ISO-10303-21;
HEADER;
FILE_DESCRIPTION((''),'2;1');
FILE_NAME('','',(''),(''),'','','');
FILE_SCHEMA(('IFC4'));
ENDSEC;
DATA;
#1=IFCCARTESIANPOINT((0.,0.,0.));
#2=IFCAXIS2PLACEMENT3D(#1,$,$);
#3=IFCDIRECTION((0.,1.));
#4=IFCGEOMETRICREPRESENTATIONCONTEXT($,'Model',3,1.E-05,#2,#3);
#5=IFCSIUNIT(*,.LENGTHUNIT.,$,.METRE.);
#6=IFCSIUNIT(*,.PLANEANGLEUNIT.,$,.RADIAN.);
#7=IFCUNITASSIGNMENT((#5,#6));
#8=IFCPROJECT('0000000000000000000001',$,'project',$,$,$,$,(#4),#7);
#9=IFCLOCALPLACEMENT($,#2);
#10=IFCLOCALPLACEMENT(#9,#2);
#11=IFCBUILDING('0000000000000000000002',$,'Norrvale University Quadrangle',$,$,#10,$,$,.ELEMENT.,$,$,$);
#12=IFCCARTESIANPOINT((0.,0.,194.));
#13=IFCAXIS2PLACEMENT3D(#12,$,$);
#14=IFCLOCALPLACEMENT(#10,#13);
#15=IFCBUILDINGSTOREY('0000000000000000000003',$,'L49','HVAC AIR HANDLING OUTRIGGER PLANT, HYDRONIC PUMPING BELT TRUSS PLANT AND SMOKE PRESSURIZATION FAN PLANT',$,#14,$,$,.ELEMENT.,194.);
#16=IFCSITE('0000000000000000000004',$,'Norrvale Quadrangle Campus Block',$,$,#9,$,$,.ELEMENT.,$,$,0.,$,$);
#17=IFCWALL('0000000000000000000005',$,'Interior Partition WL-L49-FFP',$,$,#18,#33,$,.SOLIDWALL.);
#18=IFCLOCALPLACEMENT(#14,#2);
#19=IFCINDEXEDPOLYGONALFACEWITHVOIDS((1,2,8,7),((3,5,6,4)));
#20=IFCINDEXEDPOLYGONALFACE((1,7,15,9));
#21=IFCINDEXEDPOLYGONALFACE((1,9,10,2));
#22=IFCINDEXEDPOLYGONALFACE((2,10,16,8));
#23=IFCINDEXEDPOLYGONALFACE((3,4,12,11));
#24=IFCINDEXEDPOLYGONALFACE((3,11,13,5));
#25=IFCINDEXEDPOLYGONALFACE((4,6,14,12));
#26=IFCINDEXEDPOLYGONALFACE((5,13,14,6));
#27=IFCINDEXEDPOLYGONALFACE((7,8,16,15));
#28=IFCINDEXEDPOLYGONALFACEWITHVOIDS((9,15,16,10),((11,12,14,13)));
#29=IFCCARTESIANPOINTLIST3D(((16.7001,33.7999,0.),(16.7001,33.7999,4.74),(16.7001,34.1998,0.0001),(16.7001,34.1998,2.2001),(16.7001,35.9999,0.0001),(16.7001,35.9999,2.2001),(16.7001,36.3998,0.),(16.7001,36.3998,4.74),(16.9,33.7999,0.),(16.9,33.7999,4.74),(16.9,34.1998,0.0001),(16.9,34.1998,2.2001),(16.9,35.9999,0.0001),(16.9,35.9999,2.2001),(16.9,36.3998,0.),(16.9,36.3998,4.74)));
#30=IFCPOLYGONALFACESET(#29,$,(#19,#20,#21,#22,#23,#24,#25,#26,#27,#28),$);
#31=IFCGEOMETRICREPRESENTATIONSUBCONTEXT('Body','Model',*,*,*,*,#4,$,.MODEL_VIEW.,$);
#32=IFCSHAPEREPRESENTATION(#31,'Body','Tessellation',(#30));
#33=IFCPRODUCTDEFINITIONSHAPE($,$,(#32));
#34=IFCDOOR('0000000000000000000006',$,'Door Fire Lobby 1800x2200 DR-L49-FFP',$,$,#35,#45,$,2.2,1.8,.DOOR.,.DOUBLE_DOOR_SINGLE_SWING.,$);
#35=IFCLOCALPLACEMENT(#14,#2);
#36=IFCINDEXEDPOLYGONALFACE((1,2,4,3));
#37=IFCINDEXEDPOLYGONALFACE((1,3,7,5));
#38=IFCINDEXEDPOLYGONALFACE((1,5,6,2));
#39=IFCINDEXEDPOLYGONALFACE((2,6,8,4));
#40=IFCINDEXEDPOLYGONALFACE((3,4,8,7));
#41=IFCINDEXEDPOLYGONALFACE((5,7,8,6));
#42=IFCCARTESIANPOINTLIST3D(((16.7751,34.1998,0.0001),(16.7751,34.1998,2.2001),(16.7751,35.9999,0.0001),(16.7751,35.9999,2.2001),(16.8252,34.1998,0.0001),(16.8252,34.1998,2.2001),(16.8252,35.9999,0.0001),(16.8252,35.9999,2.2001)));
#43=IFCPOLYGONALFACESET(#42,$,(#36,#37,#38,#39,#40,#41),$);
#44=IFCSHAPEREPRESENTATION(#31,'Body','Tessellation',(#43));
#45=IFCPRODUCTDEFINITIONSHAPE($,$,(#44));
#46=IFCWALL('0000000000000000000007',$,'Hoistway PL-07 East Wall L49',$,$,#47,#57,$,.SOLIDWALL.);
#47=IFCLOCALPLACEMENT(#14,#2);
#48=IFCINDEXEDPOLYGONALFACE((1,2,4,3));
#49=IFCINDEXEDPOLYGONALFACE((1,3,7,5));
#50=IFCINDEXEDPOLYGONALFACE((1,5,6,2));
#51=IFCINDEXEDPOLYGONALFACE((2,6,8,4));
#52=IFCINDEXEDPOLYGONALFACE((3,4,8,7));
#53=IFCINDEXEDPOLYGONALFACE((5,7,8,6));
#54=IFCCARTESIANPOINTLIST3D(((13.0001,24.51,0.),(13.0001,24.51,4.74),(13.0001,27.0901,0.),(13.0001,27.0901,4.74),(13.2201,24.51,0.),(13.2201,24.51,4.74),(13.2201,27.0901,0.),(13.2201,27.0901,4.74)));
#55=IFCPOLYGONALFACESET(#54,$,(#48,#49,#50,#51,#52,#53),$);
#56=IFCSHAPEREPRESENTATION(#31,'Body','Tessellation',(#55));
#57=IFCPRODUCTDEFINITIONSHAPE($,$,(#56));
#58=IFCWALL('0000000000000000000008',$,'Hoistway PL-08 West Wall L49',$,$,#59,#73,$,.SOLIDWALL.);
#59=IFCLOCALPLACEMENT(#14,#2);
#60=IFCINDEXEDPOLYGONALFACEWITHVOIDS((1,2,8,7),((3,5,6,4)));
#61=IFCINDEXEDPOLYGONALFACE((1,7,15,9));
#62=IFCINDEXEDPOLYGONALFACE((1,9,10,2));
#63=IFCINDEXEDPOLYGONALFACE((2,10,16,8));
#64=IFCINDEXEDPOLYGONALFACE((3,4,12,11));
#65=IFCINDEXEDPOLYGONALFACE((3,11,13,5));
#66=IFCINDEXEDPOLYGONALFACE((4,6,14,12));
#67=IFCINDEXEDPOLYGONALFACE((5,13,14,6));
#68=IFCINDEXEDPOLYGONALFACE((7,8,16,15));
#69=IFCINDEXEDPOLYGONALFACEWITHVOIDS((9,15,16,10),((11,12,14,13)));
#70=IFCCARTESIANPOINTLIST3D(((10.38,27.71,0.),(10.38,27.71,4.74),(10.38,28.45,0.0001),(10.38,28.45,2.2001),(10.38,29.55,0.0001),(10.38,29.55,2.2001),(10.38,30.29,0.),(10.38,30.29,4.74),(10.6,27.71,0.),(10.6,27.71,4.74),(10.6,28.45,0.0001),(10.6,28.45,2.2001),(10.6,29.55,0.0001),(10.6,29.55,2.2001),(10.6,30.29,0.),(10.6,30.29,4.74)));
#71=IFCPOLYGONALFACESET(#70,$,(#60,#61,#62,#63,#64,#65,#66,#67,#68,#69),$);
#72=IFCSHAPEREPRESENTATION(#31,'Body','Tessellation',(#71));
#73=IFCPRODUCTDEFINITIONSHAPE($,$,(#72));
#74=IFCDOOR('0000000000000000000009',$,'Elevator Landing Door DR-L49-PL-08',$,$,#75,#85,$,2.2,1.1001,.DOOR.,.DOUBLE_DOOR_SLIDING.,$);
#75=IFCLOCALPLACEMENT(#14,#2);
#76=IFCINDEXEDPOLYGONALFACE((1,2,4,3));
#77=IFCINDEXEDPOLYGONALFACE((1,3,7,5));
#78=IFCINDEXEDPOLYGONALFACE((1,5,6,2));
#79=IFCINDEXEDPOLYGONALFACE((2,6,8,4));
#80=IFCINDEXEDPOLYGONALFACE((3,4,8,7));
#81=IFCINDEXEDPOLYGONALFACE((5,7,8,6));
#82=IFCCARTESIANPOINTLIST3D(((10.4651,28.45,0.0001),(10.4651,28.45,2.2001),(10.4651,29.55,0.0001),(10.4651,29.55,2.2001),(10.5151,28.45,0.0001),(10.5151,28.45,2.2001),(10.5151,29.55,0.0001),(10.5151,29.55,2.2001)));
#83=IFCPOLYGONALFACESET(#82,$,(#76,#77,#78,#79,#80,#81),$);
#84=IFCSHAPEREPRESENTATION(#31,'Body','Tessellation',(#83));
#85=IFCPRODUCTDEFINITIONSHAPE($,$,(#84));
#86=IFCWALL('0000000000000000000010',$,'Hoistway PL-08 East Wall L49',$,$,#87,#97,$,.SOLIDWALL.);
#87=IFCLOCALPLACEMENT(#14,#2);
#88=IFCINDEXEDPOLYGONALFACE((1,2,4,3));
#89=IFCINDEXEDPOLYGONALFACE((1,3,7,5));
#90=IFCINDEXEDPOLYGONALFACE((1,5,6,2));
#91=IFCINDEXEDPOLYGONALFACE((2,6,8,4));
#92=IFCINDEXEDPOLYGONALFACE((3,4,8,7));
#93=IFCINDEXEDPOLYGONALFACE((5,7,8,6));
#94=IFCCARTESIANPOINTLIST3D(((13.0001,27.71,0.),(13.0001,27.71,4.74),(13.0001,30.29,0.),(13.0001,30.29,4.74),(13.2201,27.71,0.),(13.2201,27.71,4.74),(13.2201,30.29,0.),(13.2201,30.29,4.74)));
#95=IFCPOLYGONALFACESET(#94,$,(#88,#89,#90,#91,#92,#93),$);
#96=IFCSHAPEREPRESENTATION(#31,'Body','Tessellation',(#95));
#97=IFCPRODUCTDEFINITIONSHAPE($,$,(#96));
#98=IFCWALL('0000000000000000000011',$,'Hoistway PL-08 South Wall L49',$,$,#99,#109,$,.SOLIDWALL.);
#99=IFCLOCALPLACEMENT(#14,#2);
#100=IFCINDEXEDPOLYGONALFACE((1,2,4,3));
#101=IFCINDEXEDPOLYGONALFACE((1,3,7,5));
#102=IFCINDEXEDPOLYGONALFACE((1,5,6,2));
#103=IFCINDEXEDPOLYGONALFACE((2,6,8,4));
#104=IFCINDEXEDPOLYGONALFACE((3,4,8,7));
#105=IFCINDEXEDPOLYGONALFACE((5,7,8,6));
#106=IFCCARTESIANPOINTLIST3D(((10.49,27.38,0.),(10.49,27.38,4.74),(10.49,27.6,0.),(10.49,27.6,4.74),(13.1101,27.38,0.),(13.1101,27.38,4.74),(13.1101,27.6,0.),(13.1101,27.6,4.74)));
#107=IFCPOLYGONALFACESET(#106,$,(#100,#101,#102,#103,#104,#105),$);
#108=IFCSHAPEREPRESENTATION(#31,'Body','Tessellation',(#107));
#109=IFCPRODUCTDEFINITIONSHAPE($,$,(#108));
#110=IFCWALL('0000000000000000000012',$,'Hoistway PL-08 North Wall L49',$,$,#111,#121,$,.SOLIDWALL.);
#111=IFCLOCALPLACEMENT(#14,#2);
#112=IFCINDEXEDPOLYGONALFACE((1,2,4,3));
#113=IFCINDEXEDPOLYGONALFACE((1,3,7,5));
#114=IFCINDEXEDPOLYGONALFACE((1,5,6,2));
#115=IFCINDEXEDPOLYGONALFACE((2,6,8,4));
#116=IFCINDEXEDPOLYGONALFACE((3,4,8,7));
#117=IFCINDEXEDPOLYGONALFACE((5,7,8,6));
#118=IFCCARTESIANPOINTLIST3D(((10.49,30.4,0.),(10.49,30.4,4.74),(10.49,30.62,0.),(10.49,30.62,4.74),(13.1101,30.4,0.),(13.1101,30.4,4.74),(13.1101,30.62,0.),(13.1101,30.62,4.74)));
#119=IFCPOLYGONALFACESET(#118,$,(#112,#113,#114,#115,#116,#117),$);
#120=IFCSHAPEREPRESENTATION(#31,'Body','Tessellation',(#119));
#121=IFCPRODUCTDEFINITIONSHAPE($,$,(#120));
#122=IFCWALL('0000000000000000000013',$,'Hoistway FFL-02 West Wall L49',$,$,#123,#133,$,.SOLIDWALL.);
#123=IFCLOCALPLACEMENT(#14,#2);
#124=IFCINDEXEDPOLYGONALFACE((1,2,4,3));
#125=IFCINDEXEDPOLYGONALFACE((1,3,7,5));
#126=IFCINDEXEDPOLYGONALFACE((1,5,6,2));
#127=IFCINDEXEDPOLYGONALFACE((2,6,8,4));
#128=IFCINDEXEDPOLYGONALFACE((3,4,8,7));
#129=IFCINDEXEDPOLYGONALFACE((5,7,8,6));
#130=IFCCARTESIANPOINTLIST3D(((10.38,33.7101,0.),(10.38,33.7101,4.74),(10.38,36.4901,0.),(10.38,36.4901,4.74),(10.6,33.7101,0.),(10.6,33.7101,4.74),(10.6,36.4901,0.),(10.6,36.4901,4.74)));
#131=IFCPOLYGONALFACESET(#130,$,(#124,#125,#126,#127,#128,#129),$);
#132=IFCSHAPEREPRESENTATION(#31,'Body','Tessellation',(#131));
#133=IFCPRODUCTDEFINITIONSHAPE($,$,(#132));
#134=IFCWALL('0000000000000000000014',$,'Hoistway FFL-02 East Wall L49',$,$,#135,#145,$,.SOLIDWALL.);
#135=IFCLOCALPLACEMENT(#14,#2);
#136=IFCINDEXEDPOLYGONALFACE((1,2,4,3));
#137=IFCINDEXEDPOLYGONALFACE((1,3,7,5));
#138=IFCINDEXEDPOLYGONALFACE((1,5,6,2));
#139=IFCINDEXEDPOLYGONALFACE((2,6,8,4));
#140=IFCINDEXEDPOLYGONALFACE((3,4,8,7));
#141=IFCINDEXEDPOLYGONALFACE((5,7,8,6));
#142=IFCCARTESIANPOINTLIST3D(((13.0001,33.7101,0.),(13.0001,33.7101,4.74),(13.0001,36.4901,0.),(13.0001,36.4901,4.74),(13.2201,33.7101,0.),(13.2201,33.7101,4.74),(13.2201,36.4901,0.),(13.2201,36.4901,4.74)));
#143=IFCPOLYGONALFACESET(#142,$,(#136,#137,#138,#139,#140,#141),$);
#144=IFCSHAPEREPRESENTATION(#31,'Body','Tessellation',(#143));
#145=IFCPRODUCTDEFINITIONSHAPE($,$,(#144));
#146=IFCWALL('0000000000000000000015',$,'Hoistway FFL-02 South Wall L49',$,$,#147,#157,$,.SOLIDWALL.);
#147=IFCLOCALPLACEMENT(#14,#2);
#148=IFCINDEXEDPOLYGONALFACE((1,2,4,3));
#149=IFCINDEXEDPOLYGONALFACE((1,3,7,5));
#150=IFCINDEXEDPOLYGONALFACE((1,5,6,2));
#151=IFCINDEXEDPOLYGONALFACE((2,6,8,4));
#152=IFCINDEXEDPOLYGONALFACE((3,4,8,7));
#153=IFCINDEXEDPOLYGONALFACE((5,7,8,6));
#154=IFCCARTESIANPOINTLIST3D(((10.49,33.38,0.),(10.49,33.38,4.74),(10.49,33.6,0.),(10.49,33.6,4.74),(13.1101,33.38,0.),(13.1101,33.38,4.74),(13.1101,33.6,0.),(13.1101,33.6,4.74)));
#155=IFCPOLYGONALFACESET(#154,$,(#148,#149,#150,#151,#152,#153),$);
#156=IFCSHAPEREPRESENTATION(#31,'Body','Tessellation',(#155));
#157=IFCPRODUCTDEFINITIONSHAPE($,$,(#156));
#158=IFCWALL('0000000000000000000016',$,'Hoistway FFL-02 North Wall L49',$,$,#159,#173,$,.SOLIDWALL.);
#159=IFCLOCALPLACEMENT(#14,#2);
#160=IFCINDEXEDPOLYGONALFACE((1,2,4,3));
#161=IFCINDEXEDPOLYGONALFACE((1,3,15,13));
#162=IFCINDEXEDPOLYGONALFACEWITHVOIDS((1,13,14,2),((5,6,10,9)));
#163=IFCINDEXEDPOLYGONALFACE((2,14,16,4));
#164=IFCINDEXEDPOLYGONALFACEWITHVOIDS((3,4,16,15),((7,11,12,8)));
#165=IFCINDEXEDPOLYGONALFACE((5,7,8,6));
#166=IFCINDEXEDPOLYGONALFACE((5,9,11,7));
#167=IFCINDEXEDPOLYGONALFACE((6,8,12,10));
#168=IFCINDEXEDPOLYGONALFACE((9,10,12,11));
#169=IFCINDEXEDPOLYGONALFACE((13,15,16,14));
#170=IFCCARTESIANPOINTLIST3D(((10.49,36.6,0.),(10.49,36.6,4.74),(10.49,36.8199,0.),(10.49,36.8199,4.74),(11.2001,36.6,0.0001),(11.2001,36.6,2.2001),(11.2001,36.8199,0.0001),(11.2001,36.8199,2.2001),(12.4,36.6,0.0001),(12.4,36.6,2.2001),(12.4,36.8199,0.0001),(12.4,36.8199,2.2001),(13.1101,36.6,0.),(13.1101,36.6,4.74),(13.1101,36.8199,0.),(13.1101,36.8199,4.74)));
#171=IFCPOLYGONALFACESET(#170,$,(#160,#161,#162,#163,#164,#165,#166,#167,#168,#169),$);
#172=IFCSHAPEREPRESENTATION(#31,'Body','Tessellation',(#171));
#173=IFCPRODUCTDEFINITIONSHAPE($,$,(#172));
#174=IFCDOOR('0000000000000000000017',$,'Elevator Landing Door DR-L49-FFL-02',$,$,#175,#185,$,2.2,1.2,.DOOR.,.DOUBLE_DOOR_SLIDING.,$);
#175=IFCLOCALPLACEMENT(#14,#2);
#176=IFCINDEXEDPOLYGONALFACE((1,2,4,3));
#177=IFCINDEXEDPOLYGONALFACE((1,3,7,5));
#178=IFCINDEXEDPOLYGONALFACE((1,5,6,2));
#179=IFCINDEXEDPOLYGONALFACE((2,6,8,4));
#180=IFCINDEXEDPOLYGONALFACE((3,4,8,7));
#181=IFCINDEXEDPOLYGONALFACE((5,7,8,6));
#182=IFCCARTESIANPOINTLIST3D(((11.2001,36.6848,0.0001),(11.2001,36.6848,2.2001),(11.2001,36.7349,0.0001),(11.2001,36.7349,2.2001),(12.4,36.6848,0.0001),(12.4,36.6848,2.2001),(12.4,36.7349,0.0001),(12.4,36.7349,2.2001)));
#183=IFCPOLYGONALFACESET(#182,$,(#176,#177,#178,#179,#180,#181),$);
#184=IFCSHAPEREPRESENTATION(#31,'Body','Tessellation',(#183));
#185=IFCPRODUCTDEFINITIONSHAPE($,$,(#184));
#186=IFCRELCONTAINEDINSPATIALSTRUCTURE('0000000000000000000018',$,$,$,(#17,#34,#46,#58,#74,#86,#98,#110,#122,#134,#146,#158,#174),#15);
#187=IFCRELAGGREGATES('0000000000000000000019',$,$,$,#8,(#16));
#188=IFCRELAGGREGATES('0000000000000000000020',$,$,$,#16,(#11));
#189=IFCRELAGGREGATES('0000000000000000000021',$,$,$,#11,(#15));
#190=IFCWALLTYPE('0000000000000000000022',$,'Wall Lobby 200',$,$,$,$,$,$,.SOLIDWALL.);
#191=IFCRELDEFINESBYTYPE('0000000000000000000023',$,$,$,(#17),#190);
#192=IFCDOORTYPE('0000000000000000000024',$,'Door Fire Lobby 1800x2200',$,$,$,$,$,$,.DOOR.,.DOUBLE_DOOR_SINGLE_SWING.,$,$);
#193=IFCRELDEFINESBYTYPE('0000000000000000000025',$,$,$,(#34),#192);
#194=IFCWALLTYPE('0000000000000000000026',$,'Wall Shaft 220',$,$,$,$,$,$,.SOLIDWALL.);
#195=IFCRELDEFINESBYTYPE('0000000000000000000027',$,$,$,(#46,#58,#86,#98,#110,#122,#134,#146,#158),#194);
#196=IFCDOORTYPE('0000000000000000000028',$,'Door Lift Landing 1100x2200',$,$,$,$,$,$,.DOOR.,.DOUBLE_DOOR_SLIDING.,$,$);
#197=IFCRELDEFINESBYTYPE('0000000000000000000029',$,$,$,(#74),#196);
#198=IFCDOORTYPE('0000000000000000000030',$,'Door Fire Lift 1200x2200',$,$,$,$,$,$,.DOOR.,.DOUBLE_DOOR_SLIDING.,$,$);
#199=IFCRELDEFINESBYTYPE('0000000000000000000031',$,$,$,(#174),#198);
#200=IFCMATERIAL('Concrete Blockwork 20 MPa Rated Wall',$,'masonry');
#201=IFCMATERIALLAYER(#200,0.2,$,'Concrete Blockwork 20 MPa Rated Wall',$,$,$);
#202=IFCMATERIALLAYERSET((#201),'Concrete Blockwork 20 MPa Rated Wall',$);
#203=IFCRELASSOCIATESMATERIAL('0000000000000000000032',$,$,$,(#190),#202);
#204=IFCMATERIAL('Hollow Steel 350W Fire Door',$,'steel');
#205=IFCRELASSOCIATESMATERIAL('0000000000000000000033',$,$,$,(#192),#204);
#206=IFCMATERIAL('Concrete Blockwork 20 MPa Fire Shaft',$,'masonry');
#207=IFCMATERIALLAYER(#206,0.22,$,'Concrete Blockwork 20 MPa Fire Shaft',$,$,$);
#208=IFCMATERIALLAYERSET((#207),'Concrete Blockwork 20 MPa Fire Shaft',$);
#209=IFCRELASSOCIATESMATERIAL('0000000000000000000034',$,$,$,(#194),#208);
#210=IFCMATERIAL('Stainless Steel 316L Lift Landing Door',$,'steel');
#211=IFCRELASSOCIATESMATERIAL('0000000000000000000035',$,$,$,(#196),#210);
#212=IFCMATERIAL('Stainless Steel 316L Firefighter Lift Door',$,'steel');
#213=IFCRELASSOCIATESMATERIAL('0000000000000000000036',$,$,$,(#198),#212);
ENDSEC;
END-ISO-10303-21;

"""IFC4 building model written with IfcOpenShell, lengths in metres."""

from ifc_helpers import new_model, si_unit, direction, frame, frame_2d, origin, place, context, subcontext, project, spatial, rectangle, extrude, material, layer, layer_set, type_object, element, fill, save


model = new_model("IFC4")

# Units and contexts
model_context = context("Model", 3, precision=1e-05, world=origin(), true_north=direction((0.0, 1.0)))
body_context = subcontext(model_context, "Body", "Model", "MODEL_VIEW")
ifc_project = project(units=[si_unit("LENGTHUNIT", "METRE"), si_unit("PLANEANGLEUNIT", "RADIAN")], contexts=[model_context])

# Site, building, storey
site_placement = place(None, origin())
site = spatial("IfcSite", under=ifc_project, at=site_placement, Name="Norrvale Quadrangle Campus Block", CompositionType="ELEMENT", RefElevation=0.0)
building_placement = place(site_placement, origin())
building = spatial("IfcBuilding", under=site, at=building_placement, Name="Norrvale University Quadrangle", CompositionType="ELEMENT")
storey_placement = place(building_placement, frame((0.0, 0.0, 194.0)))
storey = spatial("IfcBuildingStorey", under=building, at=storey_placement, Name="L49", Description="HVAC AIR HANDLING OUTRIGGER PLANT, HYDRONIC PUMPING BELT TRUSS PLANT AND SMOKE PRESSURIZATION FAN PLANT", CompositionType="ELEMENT", Elevation=194.0)

# Shared definitions
ifc_material_1 = material(Name="Concrete Blockwork 20 MPa Rated Wall", Category="masonry")
ifc_layer_1 = layer(ifc_material_1, 0.2, Name="Concrete Blockwork 20 MPa Rated Wall")
ifc_layer_set_1 = layer_set([ifc_layer_1], Name="Concrete Blockwork 20 MPa Rated Wall")
wall_type_1 = type_object("IfcWallType", Name="Wall Lobby 200", PredefinedType="SOLIDWALL", material=ifc_layer_set_1)

# Wall, opening, door
wall_1_placement = place(storey_placement, frame((16.8, 33.8, 0.0), z_axis=(0.0, 0.0, 1.0), x_axis=(0.0, 1.0, 0.0)))
wall_1 = element("IfcWall", 1, at=wall_1_placement, inside=storey, type_object=wall_type_1, Name="Interior Partition WL-L49-FFP", PredefinedType="SOLIDWALL", context=body_context, shape_type="SweptSolid", body=[
    extrude(rectangle(XDim=2.5999, YDim=0.2, at=frame_2d((1.2998, 0.0))), origin(), (0.0, 0.0, 1.0), 4.74),
])
opening_1_placement = place(wall_1_placement, frame((0.3999, 0.0, 0.0)))
opening_1 = element("IfcOpeningElement", 2, at=opening_1_placement, cuts=wall_1, PredefinedType="OPENING", context=body_context, shape_type="SweptSolid", body=[
    extrude(rectangle(XDim=1.8, YDim=2.2, at=frame_2d((0.8999, 1.1001))), frame((0.0, 0.1121, 0.0), z_axis=(0.0, -1.0, 0.0), x_axis=(1.0, 0.0, 0.0)), (0.0, 0.0, 1.0), 0.2239),
])
ifc_material_2 = material(Name="Hollow Steel 350W Fire Door", Category="steel")
door_type_1 = type_object("IfcDoorType", Name="Door Fire Lobby 1800x2200", OperationType="DOUBLE_DOOR_SINGLE_SWING", PredefinedType="DOOR", material=ifc_material_2)
door_1_placement = place(opening_1_placement, origin())
door_1 = element("IfcDoor", 3, at=door_1_placement, inside=storey, type_object=door_type_1, Name="Door Fire Lobby 1800x2200 DR-L49-FFP", OperationType="DOUBLE_DOOR_SINGLE_SWING", OverallHeight=2.2, OverallWidth=1.8, PredefinedType="DOOR", context=body_context, shape_type="SweptSolid", body=[
    extrude(rectangle(XDim=1.8, YDim=2.2, at=frame_2d((0.8999, 1.1001))), frame((0.0, 0.0249, 0.0), z_axis=(0.0, -1.0, 0.0), x_axis=(1.0, 0.0, 0.0)), (0.0, 0.0, 1.0), 0.05),
])
fill(opening_1, door_1)

# Wall
ifc_material_3 = material(Name="Concrete Blockwork 20 MPa Fire Shaft", Category="masonry")
ifc_layer_2 = layer(ifc_material_3, 0.22, Name="Concrete Blockwork 20 MPa Fire Shaft")
ifc_layer_set_2 = layer_set([ifc_layer_2], Name="Concrete Blockwork 20 MPa Fire Shaft")
wall_type_2 = type_object("IfcWallType", Name="Wall Shaft 220", PredefinedType="SOLIDWALL", material=ifc_layer_set_2)
wall_2_placement = place(storey_placement, frame((13.1101, 24.51, 0.0), z_axis=(0.0, 0.0, 1.0), x_axis=(0.0, 1.0, 0.0)))
element("IfcWall", 4, at=wall_2_placement, inside=storey, type_object=wall_type_2, Name="Hoistway PL-07 East Wall L49", PredefinedType="SOLIDWALL", context=body_context, shape_type="SweptSolid", body=[
    extrude(rectangle(XDim=2.5801, YDim=0.22, at=frame_2d((1.29, 0.0))), origin(), (0.0, 0.0, 1.0), 4.74),
])

# Wall, opening, door
wall_3_placement = place(storey_placement, frame((10.49, 27.71, 0.0), z_axis=(0.0, 0.0, 1.0), x_axis=(0.0, 1.0, 0.0)))
wall_3 = element("IfcWall", 5, at=wall_3_placement, inside=storey, type_object=wall_type_2, Name="Hoistway PL-08 West Wall L49", PredefinedType="SOLIDWALL", context=body_context, shape_type="SweptSolid", body=[
    extrude(rectangle(XDim=2.5801, YDim=0.22, at=frame_2d((1.29, 0.0))), origin(), (0.0, 0.0, 1.0), 4.74),
])
opening_2_placement = place(wall_3_placement, frame((0.74, 0.0, 0.0)))
opening_2 = element("IfcOpeningElement", 6, at=opening_2_placement, cuts=wall_3, PredefinedType="OPENING", context=body_context, shape_type="SweptSolid", body=[
    extrude(rectangle(XDim=1.1001, YDim=2.2, at=frame_2d((0.55, 1.1001))), frame((0.0, 0.1221, 0.0), z_axis=(0.0, -1.0, 0.0), x_axis=(1.0, 0.0, 0.0)), (0.0, 0.0, 1.0), 0.2439),
])
ifc_material_4 = material(Name="Stainless Steel 316L Lift Landing Door", Category="steel")
door_type_2 = type_object("IfcDoorType", Name="Door Lift Landing 1100x2200", OperationType="DOUBLE_DOOR_SLIDING", PredefinedType="DOOR", material=ifc_material_4)
door_2_placement = place(opening_2_placement, origin())
door_2 = element("IfcDoor", 7, at=door_2_placement, inside=storey, type_object=door_type_2, Name="Elevator Landing Door DR-L49-PL-08", OperationType="DOUBLE_DOOR_SLIDING", OverallHeight=2.2, OverallWidth=1.1001, PredefinedType="DOOR", context=body_context, shape_type="SweptSolid", body=[
    extrude(rectangle(XDim=1.1001, YDim=2.2, at=frame_2d((0.55, 1.1001))), frame((0.0, 0.0249, 0.0), z_axis=(0.0, -1.0, 0.0), x_axis=(1.0, 0.0, 0.0)), (0.0, 0.0, 1.0), 0.05),
])
fill(opening_2, door_2)

# Walls
wall_4_placement = place(storey_placement, frame((13.1101, 27.71, 0.0), z_axis=(0.0, 0.0, 1.0), x_axis=(0.0, 1.0, 0.0)))
element("IfcWall", 8, at=wall_4_placement, inside=storey, type_object=wall_type_2, Name="Hoistway PL-08 East Wall L49", PredefinedType="SOLIDWALL", context=body_context, shape_type="SweptSolid", body=[
    extrude(rectangle(XDim=2.5801, YDim=0.22, at=frame_2d((1.29, 0.0))), origin(), (0.0, 0.0, 1.0), 4.74),
])
for number, where, z_axis, x_axis, name in (
    (9, (10.49, 27.49, 0.0), (0.0, 0.0, 1.0), (1.0, 0.0, 0.0), "Hoistway PL-08 South Wall L49"),
    (10, (10.49, 30.51, 0.0), (0.0, 0.0, 1.0), (1.0, 0.0, 0.0), "Hoistway PL-08 North Wall L49"),
):
    element("IfcWall", number, at=place(storey_placement, frame(where, z_axis=z_axis, x_axis=x_axis)), inside=storey, type_object=wall_type_2, Name=name, PredefinedType="SOLIDWALL", context=body_context, shape_type="SweptSolid", body=[
        extrude(rectangle(XDim=2.6201, YDim=0.22, at=frame_2d((1.3101, 0.0))), origin(), (0.0, 0.0, 1.0), 4.74),
    ])
for number, where, z_axis, x_axis, name in (
    (11, (10.49, 33.71, 0.0), (0.0, 0.0, 1.0), (0.0, 1.0, 0.0), "Hoistway FFL-02 West Wall L49"),
    (12, (13.1101, 33.71, 0.0), (0.0, 0.0, 1.0), (0.0, 1.0, 0.0), "Hoistway FFL-02 East Wall L49"),
):
    element("IfcWall", number, at=place(storey_placement, frame(where, z_axis=z_axis, x_axis=x_axis)), inside=storey, type_object=wall_type_2, Name=name, PredefinedType="SOLIDWALL", context=body_context, shape_type="SweptSolid", body=[
        extrude(rectangle(XDim=2.78, YDim=0.22, at=frame_2d((1.3901, 0.0))), origin(), (0.0, 0.0, 1.0), 4.74),
    ])
wall_5_placement = place(storey_placement, frame((10.49, 33.49, 0.0), z_axis=(0.0, 0.0, 1.0), x_axis=(1.0, 0.0, 0.0)))
element("IfcWall", 13, at=wall_5_placement, inside=storey, type_object=wall_type_2, Name="Hoistway FFL-02 South Wall L49", PredefinedType="SOLIDWALL", context=body_context, shape_type="SweptSolid", body=[
    extrude(rectangle(XDim=2.6201, YDim=0.22, at=frame_2d((1.3101, 0.0))), origin(), (0.0, 0.0, 1.0), 4.74),
])

# Wall, opening, door
wall_6_placement = place(storey_placement, frame((10.49, 36.71, 0.0), z_axis=(0.0, 0.0, 1.0), x_axis=(1.0, 0.0, 0.0)))
wall_6 = element("IfcWall", 14, at=wall_6_placement, inside=storey, type_object=wall_type_2, Name="Hoistway FFL-02 North Wall L49", PredefinedType="SOLIDWALL", context=body_context, shape_type="SweptSolid", body=[
    extrude(rectangle(XDim=2.6201, YDim=0.22, at=frame_2d((1.3101, 0.0))), origin(), (0.0, 0.0, 1.0), 4.74),
])
opening_3_placement = place(wall_6_placement, frame((0.71, 0.0, 0.0)))
opening_3 = element("IfcOpeningElement", 15, at=opening_3_placement, cuts=wall_6, PredefinedType="OPENING", context=body_context, shape_type="SweptSolid", body=[
    extrude(rectangle(XDim=1.2, YDim=2.2, at=frame_2d((0.6001, 1.1001))), frame((0.0, 0.1221, 0.0), z_axis=(0.0, -1.0, 0.0), x_axis=(1.0, 0.0, 0.0)), (0.0, 0.0, 1.0), 0.2439),
])
ifc_material_5 = material(Name="Stainless Steel 316L Firefighter Lift Door", Category="steel")
door_type_3 = type_object("IfcDoorType", Name="Door Fire Lift 1200x2200", OperationType="DOUBLE_DOOR_SLIDING", PredefinedType="DOOR", material=ifc_material_5)
door_3_placement = place(opening_3_placement, origin())
door_3 = element("IfcDoor", 16, at=door_3_placement, inside=storey, type_object=door_type_3, Name="Elevator Landing Door DR-L49-FFL-02", OperationType="DOUBLE_DOOR_SLIDING", OverallHeight=2.2, OverallWidth=1.2, PredefinedType="DOOR", context=body_context, shape_type="SweptSolid", body=[
    extrude(rectangle(XDim=1.2, YDim=2.2, at=frame_2d((0.6001, 1.1001))), frame((0.0, 0.0249, 0.0), z_axis=(0.0, -1.0, 0.0), x_axis=(1.0, 0.0, 0.0)), (0.0, 0.0, 1.0), 0.05),
])
fill(opening_3, door_3)

save(model, "model.ifc")
